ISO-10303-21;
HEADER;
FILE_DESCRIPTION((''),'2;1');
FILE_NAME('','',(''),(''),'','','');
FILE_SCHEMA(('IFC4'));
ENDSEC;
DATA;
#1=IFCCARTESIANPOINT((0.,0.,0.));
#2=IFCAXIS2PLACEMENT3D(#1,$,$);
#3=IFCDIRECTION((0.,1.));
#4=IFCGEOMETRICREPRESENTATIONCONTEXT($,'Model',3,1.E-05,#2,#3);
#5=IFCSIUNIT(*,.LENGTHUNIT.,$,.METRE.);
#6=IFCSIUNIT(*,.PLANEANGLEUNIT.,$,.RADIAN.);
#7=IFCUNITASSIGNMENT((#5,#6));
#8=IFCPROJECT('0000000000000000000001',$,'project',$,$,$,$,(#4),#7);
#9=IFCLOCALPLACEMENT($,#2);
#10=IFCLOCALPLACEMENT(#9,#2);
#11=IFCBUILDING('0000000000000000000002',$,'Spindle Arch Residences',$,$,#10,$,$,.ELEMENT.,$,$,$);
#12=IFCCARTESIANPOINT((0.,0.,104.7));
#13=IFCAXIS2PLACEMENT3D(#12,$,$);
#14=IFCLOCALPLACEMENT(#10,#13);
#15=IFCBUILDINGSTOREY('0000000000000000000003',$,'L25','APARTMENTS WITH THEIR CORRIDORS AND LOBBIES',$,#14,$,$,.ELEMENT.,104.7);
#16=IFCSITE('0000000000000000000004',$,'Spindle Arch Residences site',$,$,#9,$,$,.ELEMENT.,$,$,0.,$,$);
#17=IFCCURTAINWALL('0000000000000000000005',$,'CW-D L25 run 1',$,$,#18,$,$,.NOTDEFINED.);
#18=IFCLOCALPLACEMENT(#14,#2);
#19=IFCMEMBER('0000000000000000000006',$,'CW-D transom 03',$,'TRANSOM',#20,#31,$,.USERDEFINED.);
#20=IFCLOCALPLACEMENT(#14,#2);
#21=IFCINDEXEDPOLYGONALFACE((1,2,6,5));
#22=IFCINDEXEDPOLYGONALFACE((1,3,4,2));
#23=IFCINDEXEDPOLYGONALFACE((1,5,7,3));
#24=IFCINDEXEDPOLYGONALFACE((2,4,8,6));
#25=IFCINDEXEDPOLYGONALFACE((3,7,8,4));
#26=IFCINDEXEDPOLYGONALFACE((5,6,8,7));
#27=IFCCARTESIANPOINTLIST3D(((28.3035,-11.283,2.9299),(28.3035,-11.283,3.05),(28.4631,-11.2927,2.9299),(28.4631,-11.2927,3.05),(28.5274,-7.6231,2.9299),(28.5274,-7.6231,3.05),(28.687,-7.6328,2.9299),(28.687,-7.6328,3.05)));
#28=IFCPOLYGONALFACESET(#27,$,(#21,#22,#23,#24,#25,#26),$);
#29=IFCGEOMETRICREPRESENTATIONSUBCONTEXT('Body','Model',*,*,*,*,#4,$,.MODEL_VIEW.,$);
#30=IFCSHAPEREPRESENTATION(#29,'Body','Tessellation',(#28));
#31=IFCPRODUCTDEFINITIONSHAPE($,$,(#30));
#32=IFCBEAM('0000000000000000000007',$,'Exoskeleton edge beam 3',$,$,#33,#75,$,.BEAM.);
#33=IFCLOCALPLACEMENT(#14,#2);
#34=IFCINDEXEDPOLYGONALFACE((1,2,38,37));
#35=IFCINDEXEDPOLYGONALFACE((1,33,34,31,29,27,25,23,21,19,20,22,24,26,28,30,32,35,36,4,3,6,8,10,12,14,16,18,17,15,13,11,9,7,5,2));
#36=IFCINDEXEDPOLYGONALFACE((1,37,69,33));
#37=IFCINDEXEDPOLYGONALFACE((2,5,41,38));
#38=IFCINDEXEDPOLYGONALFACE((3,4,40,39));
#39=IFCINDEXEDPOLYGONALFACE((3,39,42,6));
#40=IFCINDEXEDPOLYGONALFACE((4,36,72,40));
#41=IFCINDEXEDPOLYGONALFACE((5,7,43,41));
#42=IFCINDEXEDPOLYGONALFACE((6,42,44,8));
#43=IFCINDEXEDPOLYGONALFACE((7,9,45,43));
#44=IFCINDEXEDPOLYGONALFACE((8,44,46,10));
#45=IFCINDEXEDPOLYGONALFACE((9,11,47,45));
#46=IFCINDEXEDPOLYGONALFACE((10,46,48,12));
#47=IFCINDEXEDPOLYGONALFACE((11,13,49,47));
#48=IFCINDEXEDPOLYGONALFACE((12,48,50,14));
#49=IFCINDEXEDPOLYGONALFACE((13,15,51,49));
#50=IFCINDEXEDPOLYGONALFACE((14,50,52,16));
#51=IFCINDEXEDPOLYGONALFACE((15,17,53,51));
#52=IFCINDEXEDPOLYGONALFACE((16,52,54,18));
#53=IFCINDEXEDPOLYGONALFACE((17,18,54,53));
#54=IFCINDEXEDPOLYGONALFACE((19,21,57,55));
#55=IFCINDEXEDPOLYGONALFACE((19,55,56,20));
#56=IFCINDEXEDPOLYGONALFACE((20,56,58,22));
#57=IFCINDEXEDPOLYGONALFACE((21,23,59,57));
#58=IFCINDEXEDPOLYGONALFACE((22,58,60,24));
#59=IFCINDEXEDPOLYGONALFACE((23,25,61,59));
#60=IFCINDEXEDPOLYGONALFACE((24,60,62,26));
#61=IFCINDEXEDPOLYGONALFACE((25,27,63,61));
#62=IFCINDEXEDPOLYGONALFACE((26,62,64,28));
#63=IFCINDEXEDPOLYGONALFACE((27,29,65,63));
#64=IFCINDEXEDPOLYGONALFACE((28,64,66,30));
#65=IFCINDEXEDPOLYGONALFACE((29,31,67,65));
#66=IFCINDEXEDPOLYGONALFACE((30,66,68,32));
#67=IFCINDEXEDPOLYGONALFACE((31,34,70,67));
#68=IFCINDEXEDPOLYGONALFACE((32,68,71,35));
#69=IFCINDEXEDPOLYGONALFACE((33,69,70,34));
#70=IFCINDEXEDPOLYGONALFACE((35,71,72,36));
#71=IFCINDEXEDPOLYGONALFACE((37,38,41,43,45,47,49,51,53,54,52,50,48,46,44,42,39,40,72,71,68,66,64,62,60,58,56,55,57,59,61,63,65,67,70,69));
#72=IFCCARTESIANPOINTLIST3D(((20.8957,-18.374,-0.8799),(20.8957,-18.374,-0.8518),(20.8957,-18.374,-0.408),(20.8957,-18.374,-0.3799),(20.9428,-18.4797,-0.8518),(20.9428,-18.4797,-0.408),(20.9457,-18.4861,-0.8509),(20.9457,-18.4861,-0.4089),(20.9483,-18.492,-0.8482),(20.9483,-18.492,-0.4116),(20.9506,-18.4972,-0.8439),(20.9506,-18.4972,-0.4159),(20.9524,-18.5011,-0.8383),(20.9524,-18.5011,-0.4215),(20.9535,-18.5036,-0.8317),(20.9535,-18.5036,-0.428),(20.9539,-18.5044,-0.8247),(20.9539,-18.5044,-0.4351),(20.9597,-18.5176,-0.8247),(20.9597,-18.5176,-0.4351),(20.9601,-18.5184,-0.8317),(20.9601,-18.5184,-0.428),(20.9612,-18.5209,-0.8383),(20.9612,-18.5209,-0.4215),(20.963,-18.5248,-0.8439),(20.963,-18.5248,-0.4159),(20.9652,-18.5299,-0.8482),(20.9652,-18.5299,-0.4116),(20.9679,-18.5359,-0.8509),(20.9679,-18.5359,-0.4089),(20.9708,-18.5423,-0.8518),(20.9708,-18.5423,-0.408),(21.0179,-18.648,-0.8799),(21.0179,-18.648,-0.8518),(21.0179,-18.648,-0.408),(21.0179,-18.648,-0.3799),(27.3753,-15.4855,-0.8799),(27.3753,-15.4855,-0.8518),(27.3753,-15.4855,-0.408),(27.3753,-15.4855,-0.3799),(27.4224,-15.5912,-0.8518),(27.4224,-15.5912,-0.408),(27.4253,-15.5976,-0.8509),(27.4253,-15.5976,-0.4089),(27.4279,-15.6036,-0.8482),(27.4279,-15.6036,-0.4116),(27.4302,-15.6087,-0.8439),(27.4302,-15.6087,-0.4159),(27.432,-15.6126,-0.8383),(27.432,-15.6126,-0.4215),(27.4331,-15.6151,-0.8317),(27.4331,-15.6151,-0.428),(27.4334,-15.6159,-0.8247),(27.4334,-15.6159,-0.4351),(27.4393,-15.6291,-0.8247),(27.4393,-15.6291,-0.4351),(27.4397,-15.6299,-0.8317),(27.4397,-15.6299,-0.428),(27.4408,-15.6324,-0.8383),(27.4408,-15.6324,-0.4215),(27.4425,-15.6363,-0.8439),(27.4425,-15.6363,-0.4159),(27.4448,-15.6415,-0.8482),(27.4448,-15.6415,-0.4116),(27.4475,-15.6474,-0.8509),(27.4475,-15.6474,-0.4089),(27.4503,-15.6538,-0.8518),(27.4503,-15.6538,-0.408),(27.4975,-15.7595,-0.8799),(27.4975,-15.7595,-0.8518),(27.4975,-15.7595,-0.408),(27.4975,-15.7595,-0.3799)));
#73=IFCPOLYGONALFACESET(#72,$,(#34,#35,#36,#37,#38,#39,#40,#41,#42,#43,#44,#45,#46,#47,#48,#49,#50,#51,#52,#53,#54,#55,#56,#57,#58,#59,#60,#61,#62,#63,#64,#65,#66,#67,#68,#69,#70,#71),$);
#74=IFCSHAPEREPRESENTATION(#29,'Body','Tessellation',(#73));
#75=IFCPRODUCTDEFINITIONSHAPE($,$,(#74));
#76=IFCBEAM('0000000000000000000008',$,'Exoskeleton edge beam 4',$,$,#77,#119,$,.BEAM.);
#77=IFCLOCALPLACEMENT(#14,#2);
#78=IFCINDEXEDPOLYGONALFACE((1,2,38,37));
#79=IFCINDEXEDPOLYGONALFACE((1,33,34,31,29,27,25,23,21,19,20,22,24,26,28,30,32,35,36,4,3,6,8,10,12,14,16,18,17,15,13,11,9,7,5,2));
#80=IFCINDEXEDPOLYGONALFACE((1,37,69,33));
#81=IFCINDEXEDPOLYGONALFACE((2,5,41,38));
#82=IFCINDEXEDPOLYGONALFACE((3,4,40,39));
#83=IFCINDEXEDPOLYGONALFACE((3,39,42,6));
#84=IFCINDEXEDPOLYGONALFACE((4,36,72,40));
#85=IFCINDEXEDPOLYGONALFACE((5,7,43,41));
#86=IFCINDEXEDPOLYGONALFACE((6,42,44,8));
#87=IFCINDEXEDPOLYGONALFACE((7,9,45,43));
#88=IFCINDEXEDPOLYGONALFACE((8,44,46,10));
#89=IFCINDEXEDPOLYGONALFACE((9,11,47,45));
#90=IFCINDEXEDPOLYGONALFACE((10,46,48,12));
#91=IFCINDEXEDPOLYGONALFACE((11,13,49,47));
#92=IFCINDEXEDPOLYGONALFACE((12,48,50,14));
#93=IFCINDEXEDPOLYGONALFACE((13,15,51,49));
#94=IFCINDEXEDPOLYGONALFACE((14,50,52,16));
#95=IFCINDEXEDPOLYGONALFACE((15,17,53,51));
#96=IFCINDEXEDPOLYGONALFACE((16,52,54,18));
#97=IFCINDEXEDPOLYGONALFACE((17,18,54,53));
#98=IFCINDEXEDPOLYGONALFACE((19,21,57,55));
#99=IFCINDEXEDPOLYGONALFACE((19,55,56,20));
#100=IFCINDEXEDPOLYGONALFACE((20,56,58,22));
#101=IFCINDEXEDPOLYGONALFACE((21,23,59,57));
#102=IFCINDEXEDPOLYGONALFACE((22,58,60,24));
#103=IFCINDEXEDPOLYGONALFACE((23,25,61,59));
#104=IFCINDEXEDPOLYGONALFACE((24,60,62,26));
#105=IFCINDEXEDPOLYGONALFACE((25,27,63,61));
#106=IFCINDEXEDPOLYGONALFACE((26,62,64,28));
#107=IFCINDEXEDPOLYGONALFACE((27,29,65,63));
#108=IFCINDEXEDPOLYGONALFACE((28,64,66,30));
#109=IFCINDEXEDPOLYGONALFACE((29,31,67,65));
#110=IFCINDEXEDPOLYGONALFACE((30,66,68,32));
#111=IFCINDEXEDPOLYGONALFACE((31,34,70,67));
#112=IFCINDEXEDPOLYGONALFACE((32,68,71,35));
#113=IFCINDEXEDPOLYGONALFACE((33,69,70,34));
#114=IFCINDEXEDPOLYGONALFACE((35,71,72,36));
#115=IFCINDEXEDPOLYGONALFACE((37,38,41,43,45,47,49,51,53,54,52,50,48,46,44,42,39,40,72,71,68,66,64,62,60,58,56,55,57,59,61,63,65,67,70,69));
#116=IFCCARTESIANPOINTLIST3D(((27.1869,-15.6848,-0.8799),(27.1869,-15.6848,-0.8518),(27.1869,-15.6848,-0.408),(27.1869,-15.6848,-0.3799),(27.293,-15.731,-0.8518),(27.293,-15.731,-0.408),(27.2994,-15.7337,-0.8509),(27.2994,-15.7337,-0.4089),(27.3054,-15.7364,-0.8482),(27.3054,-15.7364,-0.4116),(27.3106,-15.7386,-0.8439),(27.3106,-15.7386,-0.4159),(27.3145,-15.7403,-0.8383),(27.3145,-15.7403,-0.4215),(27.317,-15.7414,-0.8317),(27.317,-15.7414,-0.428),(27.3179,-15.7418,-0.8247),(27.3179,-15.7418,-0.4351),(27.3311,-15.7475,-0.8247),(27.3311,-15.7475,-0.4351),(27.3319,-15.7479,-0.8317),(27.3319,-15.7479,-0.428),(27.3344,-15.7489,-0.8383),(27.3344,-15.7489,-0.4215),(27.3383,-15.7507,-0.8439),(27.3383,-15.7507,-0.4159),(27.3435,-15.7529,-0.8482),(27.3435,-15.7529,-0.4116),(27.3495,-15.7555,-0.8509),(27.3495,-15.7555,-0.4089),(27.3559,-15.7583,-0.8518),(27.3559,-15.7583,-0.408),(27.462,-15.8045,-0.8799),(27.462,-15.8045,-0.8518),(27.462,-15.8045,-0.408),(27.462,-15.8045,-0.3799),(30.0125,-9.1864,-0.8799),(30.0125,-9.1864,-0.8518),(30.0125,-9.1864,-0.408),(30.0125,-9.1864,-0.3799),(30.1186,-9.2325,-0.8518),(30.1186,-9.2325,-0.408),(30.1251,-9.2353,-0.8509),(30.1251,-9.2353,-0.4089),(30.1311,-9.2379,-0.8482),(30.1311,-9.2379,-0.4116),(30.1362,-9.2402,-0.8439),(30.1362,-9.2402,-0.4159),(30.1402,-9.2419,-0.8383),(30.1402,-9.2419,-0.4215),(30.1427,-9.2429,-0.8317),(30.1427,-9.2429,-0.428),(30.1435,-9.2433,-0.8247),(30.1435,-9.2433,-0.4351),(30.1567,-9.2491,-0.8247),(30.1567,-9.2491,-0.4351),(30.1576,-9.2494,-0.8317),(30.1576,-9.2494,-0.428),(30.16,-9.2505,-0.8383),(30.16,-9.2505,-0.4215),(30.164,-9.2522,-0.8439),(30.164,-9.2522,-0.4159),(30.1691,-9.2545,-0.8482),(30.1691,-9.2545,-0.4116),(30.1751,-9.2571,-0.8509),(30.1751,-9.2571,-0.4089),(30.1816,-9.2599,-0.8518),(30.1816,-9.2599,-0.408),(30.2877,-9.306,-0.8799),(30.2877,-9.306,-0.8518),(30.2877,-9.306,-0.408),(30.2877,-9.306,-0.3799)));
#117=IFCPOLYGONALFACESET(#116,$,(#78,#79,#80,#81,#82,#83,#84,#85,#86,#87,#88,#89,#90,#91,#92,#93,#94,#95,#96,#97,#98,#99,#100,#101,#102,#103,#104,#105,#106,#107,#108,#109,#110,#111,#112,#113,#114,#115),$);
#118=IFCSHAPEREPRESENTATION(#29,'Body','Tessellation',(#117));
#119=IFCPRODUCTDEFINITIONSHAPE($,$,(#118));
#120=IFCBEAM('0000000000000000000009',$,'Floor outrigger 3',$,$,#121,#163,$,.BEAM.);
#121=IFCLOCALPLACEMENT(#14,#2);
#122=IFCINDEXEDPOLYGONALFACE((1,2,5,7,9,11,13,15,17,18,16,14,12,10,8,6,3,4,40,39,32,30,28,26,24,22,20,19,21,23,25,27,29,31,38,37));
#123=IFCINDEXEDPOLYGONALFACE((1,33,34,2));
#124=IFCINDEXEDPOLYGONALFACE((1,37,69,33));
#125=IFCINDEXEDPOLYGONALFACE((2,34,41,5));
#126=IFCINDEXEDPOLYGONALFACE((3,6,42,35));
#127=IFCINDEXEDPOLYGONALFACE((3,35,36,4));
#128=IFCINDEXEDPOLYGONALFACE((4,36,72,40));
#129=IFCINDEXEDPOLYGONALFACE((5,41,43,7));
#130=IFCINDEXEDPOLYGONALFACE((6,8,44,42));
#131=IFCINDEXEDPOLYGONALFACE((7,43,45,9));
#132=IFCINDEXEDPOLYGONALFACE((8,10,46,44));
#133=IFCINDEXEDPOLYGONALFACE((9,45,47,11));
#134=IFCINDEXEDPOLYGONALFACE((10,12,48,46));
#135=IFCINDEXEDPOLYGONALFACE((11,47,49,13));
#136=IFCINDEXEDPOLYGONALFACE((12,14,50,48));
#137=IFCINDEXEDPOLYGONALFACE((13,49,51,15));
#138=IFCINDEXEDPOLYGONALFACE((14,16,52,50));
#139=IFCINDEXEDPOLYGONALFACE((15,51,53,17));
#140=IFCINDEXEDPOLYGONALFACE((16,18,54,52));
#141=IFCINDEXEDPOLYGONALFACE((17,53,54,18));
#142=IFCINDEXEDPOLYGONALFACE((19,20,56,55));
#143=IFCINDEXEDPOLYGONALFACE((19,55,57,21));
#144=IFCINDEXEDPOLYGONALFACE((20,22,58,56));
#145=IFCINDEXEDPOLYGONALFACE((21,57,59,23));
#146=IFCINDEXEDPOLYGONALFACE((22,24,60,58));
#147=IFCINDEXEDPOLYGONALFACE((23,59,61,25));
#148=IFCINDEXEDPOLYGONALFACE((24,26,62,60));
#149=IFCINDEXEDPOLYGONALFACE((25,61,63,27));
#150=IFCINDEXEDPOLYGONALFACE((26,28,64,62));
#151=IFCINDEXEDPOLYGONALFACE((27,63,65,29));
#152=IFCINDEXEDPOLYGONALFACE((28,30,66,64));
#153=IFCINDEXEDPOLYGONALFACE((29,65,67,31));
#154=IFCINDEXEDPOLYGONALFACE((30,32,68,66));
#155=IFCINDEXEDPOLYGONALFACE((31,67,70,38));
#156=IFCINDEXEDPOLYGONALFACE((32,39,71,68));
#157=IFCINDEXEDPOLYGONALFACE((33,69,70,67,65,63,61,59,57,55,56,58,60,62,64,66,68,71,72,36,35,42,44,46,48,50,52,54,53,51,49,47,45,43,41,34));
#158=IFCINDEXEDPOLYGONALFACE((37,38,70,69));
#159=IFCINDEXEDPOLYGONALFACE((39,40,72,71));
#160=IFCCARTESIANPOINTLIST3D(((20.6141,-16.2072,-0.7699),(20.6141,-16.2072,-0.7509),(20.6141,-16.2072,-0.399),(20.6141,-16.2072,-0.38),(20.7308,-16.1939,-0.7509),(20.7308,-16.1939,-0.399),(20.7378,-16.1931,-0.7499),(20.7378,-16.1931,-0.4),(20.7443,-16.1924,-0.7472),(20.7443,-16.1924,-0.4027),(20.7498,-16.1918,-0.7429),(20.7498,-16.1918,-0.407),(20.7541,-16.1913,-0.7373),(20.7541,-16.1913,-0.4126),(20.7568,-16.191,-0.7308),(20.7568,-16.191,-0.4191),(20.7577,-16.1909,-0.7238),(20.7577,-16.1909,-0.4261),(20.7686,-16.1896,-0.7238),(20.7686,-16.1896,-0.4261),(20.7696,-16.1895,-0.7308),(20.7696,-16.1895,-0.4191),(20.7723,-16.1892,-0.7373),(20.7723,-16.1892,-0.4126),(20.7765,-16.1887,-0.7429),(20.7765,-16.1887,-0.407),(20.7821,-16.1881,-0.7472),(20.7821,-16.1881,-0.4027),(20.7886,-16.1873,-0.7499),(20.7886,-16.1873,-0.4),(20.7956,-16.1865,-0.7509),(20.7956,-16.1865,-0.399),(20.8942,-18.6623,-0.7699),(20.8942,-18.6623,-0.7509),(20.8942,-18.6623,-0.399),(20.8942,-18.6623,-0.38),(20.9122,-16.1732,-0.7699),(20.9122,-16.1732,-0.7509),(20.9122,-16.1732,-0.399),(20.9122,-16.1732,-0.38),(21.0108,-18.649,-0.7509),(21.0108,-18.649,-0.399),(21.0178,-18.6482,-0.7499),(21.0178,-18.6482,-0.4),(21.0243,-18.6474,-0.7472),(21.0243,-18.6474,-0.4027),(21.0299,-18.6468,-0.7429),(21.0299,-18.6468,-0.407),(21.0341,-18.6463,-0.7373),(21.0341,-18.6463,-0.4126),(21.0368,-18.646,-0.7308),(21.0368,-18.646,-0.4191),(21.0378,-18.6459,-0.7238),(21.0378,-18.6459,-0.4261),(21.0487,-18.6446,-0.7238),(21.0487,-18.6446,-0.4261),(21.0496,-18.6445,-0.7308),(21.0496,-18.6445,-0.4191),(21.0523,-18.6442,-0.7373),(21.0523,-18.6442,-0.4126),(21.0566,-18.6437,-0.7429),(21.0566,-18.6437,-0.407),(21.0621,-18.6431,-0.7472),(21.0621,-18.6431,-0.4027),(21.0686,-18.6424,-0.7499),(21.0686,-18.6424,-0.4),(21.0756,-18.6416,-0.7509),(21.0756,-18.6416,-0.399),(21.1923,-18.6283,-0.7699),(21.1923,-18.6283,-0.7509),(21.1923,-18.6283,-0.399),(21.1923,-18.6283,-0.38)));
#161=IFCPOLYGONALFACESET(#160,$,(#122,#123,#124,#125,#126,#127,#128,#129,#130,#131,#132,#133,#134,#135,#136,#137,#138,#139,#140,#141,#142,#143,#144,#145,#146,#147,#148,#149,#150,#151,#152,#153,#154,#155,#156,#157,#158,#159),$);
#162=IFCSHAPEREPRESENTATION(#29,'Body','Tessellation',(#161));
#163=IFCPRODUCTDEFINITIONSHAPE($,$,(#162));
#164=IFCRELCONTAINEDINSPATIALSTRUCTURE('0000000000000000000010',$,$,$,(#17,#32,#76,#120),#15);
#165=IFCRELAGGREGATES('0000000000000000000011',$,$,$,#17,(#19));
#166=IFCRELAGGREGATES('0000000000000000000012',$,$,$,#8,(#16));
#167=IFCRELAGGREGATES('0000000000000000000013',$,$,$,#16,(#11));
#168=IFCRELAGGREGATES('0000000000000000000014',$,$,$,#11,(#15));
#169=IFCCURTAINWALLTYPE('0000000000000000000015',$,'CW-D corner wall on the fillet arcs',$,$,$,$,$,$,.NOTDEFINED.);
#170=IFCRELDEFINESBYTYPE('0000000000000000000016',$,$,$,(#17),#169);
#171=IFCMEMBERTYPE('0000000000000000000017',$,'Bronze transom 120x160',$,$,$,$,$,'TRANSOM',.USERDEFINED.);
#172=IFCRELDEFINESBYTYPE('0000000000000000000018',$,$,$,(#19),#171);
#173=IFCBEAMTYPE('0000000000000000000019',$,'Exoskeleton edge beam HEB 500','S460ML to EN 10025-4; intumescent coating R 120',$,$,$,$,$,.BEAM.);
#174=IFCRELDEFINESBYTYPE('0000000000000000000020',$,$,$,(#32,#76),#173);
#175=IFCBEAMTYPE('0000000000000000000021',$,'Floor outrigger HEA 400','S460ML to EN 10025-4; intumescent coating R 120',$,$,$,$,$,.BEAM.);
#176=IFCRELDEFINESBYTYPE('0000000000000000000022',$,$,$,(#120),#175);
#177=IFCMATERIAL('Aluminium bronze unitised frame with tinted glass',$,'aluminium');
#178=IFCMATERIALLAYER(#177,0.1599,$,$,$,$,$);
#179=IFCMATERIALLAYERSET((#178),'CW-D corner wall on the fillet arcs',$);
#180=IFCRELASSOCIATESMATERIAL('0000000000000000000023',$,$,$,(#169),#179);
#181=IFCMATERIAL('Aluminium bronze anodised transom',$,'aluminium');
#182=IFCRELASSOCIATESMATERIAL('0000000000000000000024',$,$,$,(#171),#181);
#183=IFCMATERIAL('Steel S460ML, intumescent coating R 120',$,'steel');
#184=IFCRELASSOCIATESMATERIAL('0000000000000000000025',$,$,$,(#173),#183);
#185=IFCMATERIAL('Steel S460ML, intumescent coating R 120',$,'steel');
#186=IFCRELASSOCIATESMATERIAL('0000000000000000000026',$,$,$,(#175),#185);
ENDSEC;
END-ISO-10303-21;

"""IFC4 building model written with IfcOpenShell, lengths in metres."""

from ifc_helpers import new_model, si_unit, direction, frame, origin, origin_2d, place, context, subcontext, project, spatial, rectangle, i_section, extrude, material, layer, layer_set, material_profile, profile_set, type_object, element, aggregate, save


model = new_model("IFC4")

# Units and contexts
model_context = context("Model", 3, precision=1e-05, world=origin(), true_north=direction((0.0, 1.0)))
body_context = subcontext(model_context, "Body", "Model", "MODEL_VIEW")
ifc_project = project(units=[si_unit("LENGTHUNIT", "METRE"), si_unit("PLANEANGLEUNIT", "RADIAN")], contexts=[model_context])

# Site, building, storey
site_placement = place(None, origin())
site = spatial("IfcSite", under=ifc_project, at=site_placement, Name="Spindle Arch Residences site", CompositionType="ELEMENT", RefElevation=0.0)
building_placement = place(site_placement, origin())
building = spatial("IfcBuilding", under=site, at=building_placement, Name="Spindle Arch Residences", CompositionType="ELEMENT")
storey_placement = place(building_placement, frame((0.0, 0.0, 104.7)))
storey = spatial("IfcBuildingStorey", under=building, at=storey_placement, Name="L25", Description="APARTMENTS WITH THEIR CORRIDORS AND LOBBIES", CompositionType="ELEMENT", Elevation=104.7)

# Curtain wall, member
ifc_material_1 = material(Name="Aluminium bronze unitised frame with tinted glass", Category="aluminium")
ifc_layer_1 = layer(ifc_material_1, 0.1599)
ifc_layer_set_1 = layer_set([ifc_layer_1], Name="CW-D corner wall on the fillet arcs")
curtain_wall_type = type_object("IfcCurtainWallType", Name="CW-D corner wall on the fillet arcs", PredefinedType="NOTDEFINED", material=ifc_layer_set_1)
curtain_wall_placement = place(storey_placement, origin())
curtain_wall = element("IfcCurtainWall", 1, at=curtain_wall_placement, inside=storey, type_object=curtain_wall_type, Name="CW-D L25 run 1", PredefinedType="NOTDEFINED")
ifc_material_2 = material(Name="Aluminium bronze anodised transom", Category="aluminium")
ifc_material_profile_1 = material_profile(ifc_material_2, rectangle(XDim=0.1599, YDim=0.1201, at=origin_2d()), Name="TR 120x160")
ifc_profile_set_1 = profile_set([ifc_material_profile_1], Name="Aluminium bronze anodised transom")
member_type_1 = type_object("IfcMemberType", Name="Bronze transom 120x160", ElementType="TRANSOM", PredefinedType="USERDEFINED", material=ifc_profile_set_1)
member_1_placement = place(storey_placement, frame((28.3833, -11.2878, 2.99), z_axis=(0.061056, 0.998134, 0.0), x_axis=(-0.998134, 0.061056, 0.0)))
member_1 = element("IfcMember", 2, at=member_1_placement, type_object=member_type_1, Name="CW-D transom 03", ObjectType="TRANSOM", PredefinedType="USERDEFINED", context=body_context, shape_type="SweptSolid", body=[
    extrude(rectangle(XDim=0.1599, YDim=0.1201, at=origin_2d()), origin(), (0.0, 0.0, 1.0), 3.6667),
])

# Beams
ifc_material_3 = material(Name="Steel S460ML, intumescent coating R 120", Category="steel")
ifc_material_profile_2 = material_profile(ifc_material_3, i_section(OverallWidth=0.3, OverallDepth=0.5, WebThickness=0.0144, FlangeThickness=0.0281, FilletRadius=0.0271, at=origin_2d()), Name="HEB 500")
ifc_profile_set_2 = profile_set([ifc_material_profile_2], Name="Steel S460ML, intumescent coating R 120")
beam_type_1 = type_object("IfcBeamType", Name="Exoskeleton edge beam HEB 500", Description="S460ML to EN 10025-4; intumescent coating R 120", PredefinedType="BEAM", material=ifc_profile_set_2)
beam_1_placement = place(storey_placement, frame((20.9568, -18.511, -0.6299), z_axis=(0.913358, 0.407157, 0.0), x_axis=(-0.407157, 0.913358, 0.0)))
element("IfcBeam", 3, at=beam_1_placement, inside=storey, type_object=beam_type_1, Name="Exoskeleton edge beam 3", PredefinedType="BEAM", context=body_context, shape_type="SweptSolid", body=[
    extrude(i_section(OverallWidth=0.3, OverallDepth=0.5, WebThickness=0.0144, FlangeThickness=0.0281, FilletRadius=0.0271, at=origin_2d()), origin(), (0.0, 0.0, 1.0), 7.0942),
])
beam_2_placement = place(storey_placement, frame((27.3245, -15.7446, -0.6299), z_axis=(0.398754, 0.917058, 0.0), x_axis=(-0.917058, 0.398754, 0.0)))
element("IfcBeam", 4, at=beam_2_placement, inside=storey, type_object=beam_type_1, Name="Exoskeleton edge beam 4", PredefinedType="BEAM", context=body_context, shape_type="SweptSolid", body=[
    extrude(i_section(OverallWidth=0.3, OverallDepth=0.5, WebThickness=0.0144, FlangeThickness=0.0281, FilletRadius=0.0271, at=origin_2d()), origin(), (0.0, 0.0, 1.0), 7.0862),
])
ifc_material_4 = material(Name="Steel S460ML, intumescent coating R 120", Category="steel")
ifc_material_profile_3 = material_profile(ifc_material_4, i_section(OverallWidth=0.3, OverallDepth=0.3899, WebThickness=0.011, FlangeThickness=0.019, FilletRadius=0.0271, at=origin_2d()), Name="HEA 400")
ifc_profile_set_3 = profile_set([ifc_material_profile_3], Name="Steel S460ML, intumescent coating R 120")
beam_type_2 = type_object("IfcBeamType", Name="Floor outrigger HEA 400", Description="S460ML to EN 10025-4; intumescent coating R 120", PredefinedType="BEAM", material=ifc_profile_set_3)
beam_3_placement = place(storey_placement, frame((21.0432, -18.6453, -0.575), z_axis=(-0.113326, 0.993558, 0.0), x_axis=(-0.993558, -0.113326, 0.0)))
element("IfcBeam", 5, at=beam_3_placement, inside=storey, type_object=beam_type_2, Name="Floor outrigger 3", PredefinedType="BEAM", context=body_context, shape_type="SweptSolid", body=[
    extrude(i_section(OverallWidth=0.3, OverallDepth=0.3899, WebThickness=0.011, FlangeThickness=0.019, FilletRadius=0.0271, at=origin_2d()), origin(), (0.0, 0.0, 1.0), 2.4709),
])

aggregate(curtain_wall, [member_1])

save(model, "model.ifc")
